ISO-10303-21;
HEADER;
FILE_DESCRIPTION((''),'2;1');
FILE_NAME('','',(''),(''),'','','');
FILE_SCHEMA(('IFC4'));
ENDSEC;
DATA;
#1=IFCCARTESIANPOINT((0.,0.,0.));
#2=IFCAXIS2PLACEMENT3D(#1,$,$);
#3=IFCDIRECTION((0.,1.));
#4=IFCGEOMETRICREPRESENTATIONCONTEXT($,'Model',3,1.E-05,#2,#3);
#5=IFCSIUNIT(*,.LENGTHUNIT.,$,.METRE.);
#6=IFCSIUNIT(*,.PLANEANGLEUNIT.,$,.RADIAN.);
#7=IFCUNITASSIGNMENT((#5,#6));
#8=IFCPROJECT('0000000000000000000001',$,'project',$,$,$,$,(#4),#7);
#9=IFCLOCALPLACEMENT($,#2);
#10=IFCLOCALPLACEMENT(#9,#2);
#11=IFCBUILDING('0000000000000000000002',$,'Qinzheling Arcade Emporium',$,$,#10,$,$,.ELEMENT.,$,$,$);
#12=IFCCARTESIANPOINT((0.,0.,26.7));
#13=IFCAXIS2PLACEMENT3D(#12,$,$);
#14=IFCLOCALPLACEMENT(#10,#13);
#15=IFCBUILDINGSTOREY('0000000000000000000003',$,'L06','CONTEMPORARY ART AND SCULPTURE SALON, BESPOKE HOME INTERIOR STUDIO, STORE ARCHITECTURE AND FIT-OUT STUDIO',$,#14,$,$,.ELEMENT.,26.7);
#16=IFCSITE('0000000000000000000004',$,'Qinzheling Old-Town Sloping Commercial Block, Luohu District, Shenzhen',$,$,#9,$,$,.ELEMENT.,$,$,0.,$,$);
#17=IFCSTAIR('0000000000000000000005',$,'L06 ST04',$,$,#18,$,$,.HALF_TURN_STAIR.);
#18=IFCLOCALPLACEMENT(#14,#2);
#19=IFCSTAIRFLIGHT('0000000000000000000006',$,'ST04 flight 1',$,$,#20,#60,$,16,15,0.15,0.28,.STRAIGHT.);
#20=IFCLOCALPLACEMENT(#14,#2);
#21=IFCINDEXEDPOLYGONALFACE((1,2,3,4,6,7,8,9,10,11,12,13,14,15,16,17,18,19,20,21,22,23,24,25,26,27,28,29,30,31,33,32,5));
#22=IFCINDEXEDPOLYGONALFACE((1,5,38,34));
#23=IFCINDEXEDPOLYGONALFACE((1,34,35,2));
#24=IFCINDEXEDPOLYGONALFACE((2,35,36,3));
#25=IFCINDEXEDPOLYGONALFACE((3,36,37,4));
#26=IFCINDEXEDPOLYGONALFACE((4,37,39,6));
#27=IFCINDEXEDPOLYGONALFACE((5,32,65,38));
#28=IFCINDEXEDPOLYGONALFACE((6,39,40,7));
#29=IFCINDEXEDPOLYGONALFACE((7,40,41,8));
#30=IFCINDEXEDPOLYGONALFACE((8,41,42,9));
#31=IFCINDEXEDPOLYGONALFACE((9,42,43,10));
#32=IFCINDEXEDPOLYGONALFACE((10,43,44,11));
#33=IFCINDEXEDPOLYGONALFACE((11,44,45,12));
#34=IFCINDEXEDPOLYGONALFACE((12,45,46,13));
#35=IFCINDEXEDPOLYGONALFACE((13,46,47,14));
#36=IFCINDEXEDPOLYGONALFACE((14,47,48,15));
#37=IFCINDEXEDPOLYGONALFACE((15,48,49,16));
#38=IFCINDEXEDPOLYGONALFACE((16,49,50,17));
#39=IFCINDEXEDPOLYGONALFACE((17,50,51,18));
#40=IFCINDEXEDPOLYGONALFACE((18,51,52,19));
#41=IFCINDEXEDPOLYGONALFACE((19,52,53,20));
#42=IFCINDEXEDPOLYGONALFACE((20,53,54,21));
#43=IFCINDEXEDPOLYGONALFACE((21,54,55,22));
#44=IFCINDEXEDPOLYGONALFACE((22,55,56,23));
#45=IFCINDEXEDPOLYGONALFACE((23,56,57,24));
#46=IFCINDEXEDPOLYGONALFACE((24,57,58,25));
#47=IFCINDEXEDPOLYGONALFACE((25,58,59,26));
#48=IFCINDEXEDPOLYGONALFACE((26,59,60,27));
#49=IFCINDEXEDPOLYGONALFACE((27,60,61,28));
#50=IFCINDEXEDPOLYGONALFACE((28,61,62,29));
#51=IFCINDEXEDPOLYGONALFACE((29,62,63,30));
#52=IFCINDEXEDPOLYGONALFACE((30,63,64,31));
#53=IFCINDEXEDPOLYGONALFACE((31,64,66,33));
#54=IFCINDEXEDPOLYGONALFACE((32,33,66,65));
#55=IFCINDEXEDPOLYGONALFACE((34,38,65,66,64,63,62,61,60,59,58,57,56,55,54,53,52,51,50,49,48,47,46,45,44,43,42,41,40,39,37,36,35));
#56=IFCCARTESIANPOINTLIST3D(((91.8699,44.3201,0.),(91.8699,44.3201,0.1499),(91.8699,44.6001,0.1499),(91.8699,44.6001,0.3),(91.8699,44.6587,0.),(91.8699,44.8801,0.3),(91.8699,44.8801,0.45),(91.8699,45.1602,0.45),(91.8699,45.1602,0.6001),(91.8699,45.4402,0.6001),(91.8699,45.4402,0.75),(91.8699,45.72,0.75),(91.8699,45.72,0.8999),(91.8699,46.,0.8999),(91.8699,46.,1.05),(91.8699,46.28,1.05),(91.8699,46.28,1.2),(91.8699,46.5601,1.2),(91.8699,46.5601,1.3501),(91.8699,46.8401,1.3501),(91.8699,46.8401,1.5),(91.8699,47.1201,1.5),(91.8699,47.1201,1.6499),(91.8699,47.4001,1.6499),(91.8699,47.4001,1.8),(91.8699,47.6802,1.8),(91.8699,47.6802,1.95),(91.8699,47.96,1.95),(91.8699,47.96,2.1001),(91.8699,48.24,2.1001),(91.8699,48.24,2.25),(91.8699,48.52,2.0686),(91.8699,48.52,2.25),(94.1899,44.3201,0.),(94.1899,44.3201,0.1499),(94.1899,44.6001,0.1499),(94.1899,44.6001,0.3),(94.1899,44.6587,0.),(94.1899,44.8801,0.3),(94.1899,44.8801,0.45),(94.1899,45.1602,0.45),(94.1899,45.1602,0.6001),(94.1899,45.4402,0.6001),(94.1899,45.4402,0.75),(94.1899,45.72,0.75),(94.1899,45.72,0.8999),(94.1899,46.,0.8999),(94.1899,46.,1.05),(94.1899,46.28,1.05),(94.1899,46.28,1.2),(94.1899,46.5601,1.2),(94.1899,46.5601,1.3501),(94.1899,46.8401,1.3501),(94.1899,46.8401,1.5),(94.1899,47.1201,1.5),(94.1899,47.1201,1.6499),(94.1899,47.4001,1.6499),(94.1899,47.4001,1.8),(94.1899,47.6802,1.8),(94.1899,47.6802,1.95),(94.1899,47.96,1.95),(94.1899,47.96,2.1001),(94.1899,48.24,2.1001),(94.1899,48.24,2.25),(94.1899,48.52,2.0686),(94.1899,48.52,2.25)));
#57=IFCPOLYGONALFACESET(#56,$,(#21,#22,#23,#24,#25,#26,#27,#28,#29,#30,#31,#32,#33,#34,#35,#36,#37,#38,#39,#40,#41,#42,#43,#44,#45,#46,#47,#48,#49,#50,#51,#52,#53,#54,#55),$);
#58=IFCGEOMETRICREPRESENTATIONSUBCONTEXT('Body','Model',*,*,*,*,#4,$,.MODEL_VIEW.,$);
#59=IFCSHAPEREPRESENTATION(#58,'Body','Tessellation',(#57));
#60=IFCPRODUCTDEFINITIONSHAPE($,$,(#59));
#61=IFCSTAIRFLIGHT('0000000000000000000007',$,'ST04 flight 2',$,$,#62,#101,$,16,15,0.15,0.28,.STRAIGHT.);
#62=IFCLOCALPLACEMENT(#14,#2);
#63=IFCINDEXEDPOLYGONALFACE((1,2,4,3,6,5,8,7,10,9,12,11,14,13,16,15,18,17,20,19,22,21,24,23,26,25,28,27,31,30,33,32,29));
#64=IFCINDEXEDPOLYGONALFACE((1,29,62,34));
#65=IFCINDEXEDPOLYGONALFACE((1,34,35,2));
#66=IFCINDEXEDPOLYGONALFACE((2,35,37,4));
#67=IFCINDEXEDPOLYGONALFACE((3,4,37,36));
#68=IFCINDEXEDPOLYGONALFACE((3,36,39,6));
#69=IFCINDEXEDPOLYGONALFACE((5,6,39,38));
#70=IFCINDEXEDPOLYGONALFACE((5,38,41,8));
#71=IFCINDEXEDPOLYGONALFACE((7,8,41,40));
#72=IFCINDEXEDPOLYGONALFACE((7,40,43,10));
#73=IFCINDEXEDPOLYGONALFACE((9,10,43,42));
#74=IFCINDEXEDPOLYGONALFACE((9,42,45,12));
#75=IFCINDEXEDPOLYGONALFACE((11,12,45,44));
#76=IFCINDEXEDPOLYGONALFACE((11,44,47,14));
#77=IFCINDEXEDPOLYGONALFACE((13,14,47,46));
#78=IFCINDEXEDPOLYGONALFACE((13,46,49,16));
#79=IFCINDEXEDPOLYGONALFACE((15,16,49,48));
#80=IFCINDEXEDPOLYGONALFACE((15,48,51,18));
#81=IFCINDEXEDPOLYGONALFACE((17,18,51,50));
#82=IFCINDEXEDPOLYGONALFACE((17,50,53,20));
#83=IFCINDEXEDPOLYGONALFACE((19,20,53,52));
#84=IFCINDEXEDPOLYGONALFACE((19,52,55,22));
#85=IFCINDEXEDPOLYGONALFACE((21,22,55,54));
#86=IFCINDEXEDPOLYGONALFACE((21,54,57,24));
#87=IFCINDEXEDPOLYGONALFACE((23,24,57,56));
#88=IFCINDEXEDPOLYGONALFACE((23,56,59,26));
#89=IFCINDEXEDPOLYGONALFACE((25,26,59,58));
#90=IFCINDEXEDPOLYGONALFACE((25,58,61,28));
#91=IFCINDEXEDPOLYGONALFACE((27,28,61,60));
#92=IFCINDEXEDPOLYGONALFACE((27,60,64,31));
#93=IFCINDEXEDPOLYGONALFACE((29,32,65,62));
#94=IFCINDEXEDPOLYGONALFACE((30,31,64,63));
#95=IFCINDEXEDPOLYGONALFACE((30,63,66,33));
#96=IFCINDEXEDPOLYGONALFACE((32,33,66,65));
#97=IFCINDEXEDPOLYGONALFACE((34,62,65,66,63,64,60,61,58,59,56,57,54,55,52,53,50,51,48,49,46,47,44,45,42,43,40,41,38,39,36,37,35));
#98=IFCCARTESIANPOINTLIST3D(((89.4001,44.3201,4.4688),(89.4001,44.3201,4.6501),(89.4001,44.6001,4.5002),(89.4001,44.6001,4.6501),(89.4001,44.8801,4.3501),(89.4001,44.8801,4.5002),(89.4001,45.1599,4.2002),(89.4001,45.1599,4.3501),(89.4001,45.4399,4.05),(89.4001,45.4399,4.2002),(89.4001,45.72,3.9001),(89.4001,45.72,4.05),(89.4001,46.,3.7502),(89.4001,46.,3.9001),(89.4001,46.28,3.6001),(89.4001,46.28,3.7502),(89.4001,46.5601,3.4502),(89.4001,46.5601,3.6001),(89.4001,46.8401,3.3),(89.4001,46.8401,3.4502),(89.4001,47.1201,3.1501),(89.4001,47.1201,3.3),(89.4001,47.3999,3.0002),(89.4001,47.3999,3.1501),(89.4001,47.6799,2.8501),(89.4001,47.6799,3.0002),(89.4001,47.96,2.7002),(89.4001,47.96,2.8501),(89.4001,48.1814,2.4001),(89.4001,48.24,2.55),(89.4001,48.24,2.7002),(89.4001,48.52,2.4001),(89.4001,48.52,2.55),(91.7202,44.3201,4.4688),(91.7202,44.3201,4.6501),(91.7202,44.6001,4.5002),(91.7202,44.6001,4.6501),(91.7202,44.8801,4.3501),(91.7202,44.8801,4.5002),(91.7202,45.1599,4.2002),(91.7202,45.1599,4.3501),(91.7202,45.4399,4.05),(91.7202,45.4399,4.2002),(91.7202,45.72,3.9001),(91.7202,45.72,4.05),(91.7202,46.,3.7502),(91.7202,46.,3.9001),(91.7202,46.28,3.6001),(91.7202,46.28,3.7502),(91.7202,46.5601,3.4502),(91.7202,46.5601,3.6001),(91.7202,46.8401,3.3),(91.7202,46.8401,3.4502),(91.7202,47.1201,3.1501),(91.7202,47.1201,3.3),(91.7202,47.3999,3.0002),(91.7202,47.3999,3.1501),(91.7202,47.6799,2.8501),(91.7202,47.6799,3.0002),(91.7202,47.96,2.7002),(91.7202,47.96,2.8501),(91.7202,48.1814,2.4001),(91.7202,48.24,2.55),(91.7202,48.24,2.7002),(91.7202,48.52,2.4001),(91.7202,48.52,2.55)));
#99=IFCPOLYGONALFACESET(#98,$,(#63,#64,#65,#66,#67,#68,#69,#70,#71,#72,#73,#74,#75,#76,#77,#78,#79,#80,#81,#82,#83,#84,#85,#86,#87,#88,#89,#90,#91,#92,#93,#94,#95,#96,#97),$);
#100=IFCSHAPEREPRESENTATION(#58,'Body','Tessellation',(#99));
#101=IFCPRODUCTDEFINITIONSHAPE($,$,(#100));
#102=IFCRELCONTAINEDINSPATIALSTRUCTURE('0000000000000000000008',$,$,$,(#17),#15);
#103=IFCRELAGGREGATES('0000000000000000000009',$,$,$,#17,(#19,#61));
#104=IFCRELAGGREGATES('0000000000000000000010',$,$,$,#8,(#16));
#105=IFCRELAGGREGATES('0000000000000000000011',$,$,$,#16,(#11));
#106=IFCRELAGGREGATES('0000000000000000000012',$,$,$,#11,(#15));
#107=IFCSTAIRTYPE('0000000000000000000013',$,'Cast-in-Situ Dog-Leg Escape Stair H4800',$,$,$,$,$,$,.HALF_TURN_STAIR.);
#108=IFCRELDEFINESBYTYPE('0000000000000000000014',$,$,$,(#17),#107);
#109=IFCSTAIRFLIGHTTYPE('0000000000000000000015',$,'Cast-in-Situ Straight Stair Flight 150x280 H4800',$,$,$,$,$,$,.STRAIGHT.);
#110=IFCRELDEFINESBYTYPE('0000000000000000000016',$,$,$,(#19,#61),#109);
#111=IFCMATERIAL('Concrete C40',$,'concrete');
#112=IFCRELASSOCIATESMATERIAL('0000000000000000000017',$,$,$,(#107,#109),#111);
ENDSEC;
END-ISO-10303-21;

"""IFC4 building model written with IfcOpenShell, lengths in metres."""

from ifc_helpers import new_model, si_unit, direction, frame, origin, place, context, subcontext, project, spatial, polyline, outline, extrude, material, type_object, element, aggregate, save


model = new_model("IFC4")

# Units and contexts
model_context = context("Model", 3, precision=1e-05, world=origin(), true_north=direction((0.0, 1.0)))
body_context = subcontext(model_context, "Body", "Model", "MODEL_VIEW")
ifc_project = project(units=[si_unit("LENGTHUNIT", "METRE"), si_unit("PLANEANGLEUNIT", "RADIAN")], contexts=[model_context])

# Site, building, storey
site_placement = place(None, origin())
site = spatial("IfcSite", under=ifc_project, at=site_placement, Name="Qinzheling Old-Town Sloping Commercial Block, Luohu District, Shenzhen", CompositionType="ELEMENT", RefElevation=0.0)
building_placement = place(site_placement, origin())
building = spatial("IfcBuilding", under=site, at=building_placement, Name="Qinzheling Arcade Emporium", CompositionType="ELEMENT")
storey_placement = place(building_placement, frame((0.0, 0.0, 26.7)))
storey = spatial("IfcBuildingStorey", under=building, at=storey_placement, Name="L06", Description="CONTEMPORARY ART AND SCULPTURE SALON, BESPOKE HOME INTERIOR STUDIO, STORE ARCHITECTURE AND FIT-OUT STUDIO", CompositionType="ELEMENT", Elevation=26.7)

# Shared definitions
ifc_material_1 = material(Name="Concrete C40", Category="concrete")

# Stair, stair flights
stair_type = type_object("IfcStairType", Name="Cast-in-Situ Dog-Leg Escape Stair H4800", PredefinedType="HALF_TURN_STAIR", material=ifc_material_1)
stair_placement = place(storey_placement, origin())
stair = element("IfcStair", 1, at=stair_placement, inside=storey, type_object=stair_type, Name="L06 ST04", PredefinedType="HALF_TURN_STAIR")
stair_flight_type = type_object("IfcStairFlightType", Name="Cast-in-Situ Straight Stair Flight 150x280 H4800", PredefinedType="STRAIGHT", material=ifc_material_1)
stair_flight_1_placement = place(storey_placement, frame((93.03, 44.3201, 0.0), z_axis=(0.0, 0.0, 1.0), x_axis=(0.0, 1.0, 0.0)))
stair_flight_1 = element("IfcStairFlight", 2, at=stair_flight_1_placement, type_object=stair_flight_type, Name="ST04 flight 1", NumberOfRisers=16, NumberOfTreads=15, PredefinedType="STRAIGHT", RiserHeight=0.15, TreadLength=0.28, context=body_context, shape_type="SweptSolid", body=[
    extrude(outline(polyline([(0.0, 0.0), (0.0, 0.1499), (0.28, 0.1499), (0.28, 0.3), (0.5601, 0.3), (0.5601, 0.45), (0.8401, 0.45), (0.8401, 0.6001), (1.1201, 0.6001), (1.1201, 0.75), (1.3999, 0.75), (1.3999, 0.8999), (1.6799, 0.8999), (1.6799, 1.05), (1.96, 1.05), (1.96, 1.2), (2.24, 1.2), (2.24, 1.3501), (2.52, 1.3501), (2.52, 1.5), (2.8, 1.5), (2.8, 1.6499), (3.0801, 1.6499), (3.0801, 1.8), (3.3601, 1.8), (3.3601, 1.95), (3.6399, 1.95), (3.6399, 2.1001), (3.9199, 2.1001), (3.9199, 2.25), (4.2, 2.25), (4.2, 2.3999), (4.2, 2.0686), (0.3386, 0.0), (0.0, 0.0)])), frame((0.0, 1.1602, 0.0), z_axis=(0.0, -1.0, 0.0), x_axis=(1.0, 0.0, 0.0)), (0.0, 0.0, 1.0), 2.3201),
])
stair_flight_2_placement = place(storey_placement, frame((90.5601, 48.52, 2.4001), z_axis=(0.0, 0.0, 1.0), x_axis=(0.0, -1.0, 0.0)))
stair_flight_2 = element("IfcStairFlight", 3, at=stair_flight_2_placement, type_object=stair_flight_type, Name="ST04 flight 2", NumberOfRisers=16, NumberOfTreads=15, PredefinedType="STRAIGHT", RiserHeight=0.15, TreadLength=0.28, context=body_context, shape_type="SweptSolid", body=[
    extrude(outline(polyline([(0.0, 0.0), (0.0, 0.1499), (0.28, 0.1499), (0.28, 0.3), (0.5601, 0.3), (0.5601, 0.45), (0.8401, 0.45), (0.8401, 0.6001), (1.1201, 0.6001), (1.1201, 0.75), (1.3999, 0.75), (1.3999, 0.8999), (1.6799, 0.8999), (1.6799, 1.05), (1.96, 1.05), (1.96, 1.2), (2.24, 1.2), (2.24, 1.3501), (2.52, 1.3501), (2.52, 1.5), (2.8, 1.5), (2.8, 1.6499), (3.0801, 1.6499), (3.0801, 1.8), (3.3601, 1.8), (3.3601, 1.95), (3.6399, 1.95), (3.6399, 2.1001), (3.9199, 2.1001), (3.9199, 2.25), (4.2, 2.25), (4.2, 2.3999), (4.2, 2.0686), (0.3386, 0.0), (0.0, 0.0)])), frame((0.0, 1.1602, 0.0), z_axis=(0.0, -1.0, 0.0), x_axis=(1.0, 0.0, 0.0)), (0.0, 0.0, 1.0), 2.3201),
])
aggregate(stair, [stair_flight_1, stair_flight_2])

save(model, "model.ifc")
